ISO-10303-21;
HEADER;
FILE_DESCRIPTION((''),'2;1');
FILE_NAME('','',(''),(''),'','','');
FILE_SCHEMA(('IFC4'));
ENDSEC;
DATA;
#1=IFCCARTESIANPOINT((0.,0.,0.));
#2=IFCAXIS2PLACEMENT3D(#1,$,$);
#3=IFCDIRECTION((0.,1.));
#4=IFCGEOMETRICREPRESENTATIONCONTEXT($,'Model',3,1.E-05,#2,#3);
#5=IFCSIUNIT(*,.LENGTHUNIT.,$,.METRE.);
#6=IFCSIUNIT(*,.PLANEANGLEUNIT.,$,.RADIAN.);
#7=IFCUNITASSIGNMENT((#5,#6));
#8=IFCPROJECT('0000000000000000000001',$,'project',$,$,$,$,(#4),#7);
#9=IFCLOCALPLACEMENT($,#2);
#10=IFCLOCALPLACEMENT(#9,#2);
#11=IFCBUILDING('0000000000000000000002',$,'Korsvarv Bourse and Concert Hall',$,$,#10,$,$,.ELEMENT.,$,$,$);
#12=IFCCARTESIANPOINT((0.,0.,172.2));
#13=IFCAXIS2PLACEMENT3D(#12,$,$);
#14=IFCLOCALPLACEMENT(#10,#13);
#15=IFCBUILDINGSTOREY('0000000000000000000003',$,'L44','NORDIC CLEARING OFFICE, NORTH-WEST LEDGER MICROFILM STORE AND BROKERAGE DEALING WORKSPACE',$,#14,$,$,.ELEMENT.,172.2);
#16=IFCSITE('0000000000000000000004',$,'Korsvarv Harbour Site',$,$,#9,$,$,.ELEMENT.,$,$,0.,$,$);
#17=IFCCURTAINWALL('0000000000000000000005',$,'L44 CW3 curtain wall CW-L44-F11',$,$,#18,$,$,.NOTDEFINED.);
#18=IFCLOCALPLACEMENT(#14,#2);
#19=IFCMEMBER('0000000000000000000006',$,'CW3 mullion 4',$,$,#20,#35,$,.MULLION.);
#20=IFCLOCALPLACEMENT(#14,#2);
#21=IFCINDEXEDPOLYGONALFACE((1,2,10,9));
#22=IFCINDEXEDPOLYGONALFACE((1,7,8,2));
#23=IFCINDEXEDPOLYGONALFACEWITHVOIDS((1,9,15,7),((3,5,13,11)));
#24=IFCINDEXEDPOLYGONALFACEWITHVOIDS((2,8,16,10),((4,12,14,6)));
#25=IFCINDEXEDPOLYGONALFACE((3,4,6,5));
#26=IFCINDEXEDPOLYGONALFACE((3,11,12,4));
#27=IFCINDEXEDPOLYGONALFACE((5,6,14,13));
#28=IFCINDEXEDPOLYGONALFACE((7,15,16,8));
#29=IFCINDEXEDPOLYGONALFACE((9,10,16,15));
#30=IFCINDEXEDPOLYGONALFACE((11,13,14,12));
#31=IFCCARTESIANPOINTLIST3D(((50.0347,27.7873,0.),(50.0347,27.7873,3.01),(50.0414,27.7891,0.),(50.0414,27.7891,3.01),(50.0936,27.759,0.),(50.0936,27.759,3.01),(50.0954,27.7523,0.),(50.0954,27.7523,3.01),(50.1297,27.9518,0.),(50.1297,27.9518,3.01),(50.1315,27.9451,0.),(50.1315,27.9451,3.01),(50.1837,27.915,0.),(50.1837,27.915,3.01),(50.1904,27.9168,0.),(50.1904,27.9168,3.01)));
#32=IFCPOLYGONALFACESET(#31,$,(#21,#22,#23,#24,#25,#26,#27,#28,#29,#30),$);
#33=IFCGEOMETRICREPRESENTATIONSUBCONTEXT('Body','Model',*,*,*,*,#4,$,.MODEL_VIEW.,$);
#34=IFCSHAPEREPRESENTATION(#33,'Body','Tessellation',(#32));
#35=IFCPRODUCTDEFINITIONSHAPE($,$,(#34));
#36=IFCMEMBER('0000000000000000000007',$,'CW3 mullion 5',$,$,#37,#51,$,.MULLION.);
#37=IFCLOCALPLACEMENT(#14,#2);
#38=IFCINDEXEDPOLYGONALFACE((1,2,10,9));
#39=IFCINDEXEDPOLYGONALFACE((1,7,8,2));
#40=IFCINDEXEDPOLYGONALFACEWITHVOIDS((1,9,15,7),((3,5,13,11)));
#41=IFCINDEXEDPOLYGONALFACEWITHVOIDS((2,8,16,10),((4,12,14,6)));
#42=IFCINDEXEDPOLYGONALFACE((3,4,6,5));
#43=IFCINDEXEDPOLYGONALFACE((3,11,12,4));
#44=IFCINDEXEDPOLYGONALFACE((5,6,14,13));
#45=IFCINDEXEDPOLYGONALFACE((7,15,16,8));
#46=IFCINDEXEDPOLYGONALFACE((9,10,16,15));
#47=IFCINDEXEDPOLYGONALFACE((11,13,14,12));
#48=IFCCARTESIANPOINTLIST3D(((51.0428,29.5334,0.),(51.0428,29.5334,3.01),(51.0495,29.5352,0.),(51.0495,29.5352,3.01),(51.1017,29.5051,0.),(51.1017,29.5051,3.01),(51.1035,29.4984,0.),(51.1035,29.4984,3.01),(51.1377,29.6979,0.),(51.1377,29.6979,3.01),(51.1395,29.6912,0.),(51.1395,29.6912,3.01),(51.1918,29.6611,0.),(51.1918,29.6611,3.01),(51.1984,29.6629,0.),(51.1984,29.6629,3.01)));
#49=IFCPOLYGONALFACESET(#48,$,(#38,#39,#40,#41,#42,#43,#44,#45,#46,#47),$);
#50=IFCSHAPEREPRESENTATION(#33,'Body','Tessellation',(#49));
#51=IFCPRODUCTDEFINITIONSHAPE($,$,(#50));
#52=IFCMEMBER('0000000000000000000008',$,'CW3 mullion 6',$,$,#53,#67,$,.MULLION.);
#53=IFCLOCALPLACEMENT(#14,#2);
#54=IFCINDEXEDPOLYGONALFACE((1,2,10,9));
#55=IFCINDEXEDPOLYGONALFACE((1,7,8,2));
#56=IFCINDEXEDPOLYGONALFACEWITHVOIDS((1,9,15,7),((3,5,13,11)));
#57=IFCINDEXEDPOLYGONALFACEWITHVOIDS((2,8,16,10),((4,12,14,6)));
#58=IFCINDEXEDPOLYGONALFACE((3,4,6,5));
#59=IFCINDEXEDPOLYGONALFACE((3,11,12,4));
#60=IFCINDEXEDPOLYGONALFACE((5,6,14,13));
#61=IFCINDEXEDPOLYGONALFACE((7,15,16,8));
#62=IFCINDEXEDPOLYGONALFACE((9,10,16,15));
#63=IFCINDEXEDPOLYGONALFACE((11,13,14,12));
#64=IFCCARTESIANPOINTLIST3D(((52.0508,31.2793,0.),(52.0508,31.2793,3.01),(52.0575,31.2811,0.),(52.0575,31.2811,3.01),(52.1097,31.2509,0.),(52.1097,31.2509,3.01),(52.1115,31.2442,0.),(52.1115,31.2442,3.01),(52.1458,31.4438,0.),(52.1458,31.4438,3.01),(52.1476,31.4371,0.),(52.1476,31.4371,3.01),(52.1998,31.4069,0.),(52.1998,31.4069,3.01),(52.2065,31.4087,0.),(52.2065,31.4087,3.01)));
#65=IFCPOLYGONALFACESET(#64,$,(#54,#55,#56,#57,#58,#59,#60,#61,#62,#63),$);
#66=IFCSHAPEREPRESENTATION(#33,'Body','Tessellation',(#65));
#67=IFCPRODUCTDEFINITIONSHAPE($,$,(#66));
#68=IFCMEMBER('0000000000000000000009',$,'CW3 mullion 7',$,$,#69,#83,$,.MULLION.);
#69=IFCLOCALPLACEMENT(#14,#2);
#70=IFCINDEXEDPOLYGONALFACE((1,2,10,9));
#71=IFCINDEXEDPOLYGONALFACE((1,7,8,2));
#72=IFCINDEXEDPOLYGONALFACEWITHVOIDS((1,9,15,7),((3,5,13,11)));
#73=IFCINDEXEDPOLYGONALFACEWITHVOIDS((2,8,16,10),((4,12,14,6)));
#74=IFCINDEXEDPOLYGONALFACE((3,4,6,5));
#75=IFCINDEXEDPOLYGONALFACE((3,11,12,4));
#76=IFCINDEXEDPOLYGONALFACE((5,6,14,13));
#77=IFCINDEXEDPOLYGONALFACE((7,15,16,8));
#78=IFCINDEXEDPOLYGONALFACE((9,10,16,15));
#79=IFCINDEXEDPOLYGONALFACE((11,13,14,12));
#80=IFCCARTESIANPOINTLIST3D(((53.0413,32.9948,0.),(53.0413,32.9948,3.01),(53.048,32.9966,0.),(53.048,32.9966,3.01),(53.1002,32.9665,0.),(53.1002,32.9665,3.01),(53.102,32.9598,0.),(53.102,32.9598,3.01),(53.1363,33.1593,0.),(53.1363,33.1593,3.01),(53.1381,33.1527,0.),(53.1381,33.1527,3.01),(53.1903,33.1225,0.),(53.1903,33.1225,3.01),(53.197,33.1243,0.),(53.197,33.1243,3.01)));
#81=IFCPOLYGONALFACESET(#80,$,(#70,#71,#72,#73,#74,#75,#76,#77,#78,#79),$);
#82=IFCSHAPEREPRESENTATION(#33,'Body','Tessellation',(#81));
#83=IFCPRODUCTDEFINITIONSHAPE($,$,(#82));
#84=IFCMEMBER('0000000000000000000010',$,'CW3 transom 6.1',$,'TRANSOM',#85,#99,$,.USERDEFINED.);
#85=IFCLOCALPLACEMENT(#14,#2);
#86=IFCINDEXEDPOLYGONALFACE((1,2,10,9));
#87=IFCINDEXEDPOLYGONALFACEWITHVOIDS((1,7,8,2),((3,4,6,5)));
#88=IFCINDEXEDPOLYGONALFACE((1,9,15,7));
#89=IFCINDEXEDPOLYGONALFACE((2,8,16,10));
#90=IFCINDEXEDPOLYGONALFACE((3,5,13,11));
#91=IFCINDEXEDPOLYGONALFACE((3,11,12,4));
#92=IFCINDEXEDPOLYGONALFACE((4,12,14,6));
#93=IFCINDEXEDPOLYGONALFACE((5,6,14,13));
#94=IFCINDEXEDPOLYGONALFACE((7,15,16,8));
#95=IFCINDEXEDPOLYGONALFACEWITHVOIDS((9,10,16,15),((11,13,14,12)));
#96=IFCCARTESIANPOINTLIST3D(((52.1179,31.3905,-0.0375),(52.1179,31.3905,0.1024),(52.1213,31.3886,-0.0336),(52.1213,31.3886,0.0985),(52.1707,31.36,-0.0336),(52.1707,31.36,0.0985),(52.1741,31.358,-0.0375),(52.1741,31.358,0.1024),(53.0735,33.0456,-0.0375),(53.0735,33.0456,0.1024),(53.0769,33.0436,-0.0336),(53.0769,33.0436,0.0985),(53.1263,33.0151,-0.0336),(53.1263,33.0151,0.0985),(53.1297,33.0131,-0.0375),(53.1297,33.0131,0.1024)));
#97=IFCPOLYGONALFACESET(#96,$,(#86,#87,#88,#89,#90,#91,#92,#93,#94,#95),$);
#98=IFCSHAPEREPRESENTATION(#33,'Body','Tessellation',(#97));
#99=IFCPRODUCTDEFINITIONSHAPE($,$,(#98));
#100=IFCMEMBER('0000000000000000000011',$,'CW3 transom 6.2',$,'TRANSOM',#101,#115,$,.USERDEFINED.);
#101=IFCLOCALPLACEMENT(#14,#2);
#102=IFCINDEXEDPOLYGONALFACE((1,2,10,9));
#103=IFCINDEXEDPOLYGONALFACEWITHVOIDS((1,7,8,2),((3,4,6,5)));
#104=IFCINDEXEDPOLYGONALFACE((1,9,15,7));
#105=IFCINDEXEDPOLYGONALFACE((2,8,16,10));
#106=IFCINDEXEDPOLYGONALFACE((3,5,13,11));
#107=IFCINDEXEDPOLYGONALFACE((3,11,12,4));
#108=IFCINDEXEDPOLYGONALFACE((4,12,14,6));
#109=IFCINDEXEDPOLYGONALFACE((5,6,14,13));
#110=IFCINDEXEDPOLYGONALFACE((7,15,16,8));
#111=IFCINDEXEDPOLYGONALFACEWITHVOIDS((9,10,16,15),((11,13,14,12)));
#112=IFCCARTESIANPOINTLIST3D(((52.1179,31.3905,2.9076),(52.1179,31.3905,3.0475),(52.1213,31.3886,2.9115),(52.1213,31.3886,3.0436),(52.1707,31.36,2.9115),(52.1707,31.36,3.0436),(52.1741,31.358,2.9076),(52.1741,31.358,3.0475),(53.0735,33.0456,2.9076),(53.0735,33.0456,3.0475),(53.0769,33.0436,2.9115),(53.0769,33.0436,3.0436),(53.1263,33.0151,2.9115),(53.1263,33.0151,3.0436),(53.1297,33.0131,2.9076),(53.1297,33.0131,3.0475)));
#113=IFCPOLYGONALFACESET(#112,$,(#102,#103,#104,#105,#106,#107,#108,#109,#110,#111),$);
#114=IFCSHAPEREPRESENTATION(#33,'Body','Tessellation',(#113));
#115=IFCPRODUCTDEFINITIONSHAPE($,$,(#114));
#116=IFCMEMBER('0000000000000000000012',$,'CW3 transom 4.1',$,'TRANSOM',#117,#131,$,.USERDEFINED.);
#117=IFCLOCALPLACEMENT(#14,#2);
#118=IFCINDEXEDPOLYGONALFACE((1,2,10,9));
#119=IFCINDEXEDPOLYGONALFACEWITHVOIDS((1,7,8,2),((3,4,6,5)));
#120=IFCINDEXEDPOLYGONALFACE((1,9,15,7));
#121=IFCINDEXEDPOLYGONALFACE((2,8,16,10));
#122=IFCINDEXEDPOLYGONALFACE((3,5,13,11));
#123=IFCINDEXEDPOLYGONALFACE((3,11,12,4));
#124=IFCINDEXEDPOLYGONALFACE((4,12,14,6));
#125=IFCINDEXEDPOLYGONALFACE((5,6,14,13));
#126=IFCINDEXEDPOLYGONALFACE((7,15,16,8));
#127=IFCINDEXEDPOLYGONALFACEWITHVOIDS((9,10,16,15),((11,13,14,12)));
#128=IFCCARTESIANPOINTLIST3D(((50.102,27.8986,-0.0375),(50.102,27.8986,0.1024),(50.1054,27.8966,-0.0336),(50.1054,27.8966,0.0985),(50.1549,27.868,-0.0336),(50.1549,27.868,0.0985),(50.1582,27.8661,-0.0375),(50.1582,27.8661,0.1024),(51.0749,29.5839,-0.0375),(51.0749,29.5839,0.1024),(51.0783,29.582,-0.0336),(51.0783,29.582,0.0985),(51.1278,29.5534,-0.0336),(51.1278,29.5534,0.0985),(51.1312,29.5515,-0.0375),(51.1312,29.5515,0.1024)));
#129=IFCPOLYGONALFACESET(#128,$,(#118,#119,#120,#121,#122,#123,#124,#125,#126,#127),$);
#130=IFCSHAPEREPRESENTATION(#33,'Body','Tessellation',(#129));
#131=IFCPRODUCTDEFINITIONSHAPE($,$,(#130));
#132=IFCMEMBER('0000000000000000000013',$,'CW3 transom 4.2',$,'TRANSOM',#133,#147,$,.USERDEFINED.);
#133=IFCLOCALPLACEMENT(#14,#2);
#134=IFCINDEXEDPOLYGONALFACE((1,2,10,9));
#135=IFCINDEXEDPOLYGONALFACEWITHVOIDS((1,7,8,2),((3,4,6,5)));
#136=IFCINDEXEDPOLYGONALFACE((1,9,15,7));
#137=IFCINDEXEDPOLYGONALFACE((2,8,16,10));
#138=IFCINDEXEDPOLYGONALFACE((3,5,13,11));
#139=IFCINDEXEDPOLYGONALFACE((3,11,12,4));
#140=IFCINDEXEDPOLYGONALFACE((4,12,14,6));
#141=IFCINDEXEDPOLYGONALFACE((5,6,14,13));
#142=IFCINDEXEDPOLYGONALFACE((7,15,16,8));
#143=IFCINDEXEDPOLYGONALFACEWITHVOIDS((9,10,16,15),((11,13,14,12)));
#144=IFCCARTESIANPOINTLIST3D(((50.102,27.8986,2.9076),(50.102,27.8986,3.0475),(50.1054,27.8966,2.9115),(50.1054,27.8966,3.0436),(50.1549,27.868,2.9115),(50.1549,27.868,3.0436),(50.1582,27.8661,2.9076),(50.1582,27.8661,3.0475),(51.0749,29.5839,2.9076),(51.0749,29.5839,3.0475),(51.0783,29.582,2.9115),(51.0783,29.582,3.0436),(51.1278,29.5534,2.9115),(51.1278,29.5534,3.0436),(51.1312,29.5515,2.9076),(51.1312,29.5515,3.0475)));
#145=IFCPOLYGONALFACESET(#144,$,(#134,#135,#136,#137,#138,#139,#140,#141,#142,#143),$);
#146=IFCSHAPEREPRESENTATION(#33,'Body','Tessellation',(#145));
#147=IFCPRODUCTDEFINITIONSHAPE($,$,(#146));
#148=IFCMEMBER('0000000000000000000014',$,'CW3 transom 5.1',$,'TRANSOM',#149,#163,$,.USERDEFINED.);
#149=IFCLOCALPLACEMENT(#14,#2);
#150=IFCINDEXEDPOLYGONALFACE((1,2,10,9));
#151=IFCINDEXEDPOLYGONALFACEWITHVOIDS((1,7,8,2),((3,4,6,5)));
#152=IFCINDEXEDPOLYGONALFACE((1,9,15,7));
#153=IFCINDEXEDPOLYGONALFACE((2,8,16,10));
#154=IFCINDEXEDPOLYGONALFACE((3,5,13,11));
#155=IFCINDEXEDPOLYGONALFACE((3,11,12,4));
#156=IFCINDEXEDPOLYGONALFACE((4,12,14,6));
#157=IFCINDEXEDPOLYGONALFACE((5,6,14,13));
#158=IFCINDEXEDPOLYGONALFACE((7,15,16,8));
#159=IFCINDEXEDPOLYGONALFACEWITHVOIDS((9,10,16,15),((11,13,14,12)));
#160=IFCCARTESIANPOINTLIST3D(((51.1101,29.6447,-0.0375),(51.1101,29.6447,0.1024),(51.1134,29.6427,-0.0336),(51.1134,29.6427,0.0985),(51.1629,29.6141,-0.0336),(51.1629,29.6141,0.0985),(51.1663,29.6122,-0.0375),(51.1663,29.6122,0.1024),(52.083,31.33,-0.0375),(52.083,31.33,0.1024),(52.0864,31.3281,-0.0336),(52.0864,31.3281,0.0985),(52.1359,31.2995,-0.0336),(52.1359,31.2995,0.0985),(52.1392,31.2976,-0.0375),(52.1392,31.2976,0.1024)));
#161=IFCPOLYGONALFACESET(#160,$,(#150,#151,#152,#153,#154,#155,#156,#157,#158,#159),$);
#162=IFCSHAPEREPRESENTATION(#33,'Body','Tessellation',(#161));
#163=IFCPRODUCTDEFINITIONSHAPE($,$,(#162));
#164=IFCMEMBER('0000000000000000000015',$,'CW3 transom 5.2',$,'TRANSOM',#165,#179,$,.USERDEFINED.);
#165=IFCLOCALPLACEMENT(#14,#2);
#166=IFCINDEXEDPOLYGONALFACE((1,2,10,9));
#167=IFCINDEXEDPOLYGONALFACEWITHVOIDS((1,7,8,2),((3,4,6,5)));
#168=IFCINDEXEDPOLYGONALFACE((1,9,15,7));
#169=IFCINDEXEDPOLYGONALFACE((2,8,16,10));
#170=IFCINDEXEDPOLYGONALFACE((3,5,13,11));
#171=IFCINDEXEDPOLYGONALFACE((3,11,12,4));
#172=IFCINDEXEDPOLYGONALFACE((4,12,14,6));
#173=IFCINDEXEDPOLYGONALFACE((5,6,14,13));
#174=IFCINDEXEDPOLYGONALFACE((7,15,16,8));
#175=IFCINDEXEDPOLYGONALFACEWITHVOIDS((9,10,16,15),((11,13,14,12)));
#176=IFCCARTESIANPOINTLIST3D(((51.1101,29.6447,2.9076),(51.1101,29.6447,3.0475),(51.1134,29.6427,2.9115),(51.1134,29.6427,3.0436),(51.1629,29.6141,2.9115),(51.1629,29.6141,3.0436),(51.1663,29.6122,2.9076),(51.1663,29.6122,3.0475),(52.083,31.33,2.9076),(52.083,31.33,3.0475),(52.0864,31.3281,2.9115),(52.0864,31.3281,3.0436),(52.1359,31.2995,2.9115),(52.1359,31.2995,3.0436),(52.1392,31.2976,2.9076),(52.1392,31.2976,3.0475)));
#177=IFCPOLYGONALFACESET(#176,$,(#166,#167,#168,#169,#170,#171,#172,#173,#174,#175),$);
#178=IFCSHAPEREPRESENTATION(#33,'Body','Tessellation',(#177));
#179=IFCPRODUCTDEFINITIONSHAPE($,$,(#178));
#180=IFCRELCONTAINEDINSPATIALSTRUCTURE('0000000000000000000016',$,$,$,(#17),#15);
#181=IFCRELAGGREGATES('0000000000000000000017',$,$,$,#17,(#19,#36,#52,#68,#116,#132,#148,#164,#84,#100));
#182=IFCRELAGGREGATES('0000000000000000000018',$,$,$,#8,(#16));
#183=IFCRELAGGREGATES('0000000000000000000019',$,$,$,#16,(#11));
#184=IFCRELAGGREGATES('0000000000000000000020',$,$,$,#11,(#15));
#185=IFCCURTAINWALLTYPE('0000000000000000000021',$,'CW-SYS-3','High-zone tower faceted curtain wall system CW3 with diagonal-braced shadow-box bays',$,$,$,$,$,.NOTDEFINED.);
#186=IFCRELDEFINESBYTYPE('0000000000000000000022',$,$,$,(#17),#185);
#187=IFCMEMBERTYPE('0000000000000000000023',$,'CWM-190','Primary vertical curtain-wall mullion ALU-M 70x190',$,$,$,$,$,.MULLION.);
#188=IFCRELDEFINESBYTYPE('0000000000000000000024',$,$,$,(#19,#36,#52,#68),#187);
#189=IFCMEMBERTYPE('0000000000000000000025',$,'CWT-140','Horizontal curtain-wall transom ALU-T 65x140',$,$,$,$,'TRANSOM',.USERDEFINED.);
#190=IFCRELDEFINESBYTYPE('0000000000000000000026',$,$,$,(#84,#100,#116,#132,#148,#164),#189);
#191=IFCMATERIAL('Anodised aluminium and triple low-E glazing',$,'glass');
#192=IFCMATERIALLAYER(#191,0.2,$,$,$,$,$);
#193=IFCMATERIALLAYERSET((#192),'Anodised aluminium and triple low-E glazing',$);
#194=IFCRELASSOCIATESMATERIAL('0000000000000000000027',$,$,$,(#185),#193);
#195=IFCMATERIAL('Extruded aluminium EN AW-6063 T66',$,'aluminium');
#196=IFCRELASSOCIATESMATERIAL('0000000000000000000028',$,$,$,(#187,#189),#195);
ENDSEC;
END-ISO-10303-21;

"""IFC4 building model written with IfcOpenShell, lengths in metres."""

from ifc_helpers import new_model, si_unit, direction, frame, origin, origin_2d, place, context, subcontext, project, spatial, hollow_rectangle, extrude, source, transform, mapped, material, layer, layer_set, material_profile, profile_set, type_object, element, aggregate, save


model = new_model("IFC4")

# Units and contexts
model_context = context("Model", 3, precision=1e-05, world=origin(), true_north=direction((0.0, 1.0)))
body_context = subcontext(model_context, "Body", "Model", "MODEL_VIEW")
ifc_project = project(units=[si_unit("LENGTHUNIT", "METRE"), si_unit("PLANEANGLEUNIT", "RADIAN")], contexts=[model_context])

# Site, building, storey
site_placement = place(None, origin())
site = spatial("IfcSite", under=ifc_project, at=site_placement, Name="Korsvarv Harbour Site", CompositionType="ELEMENT", RefElevation=0.0)
building_placement = place(site_placement, origin())
building = spatial("IfcBuilding", under=site, at=building_placement, Name="Korsvarv Bourse and Concert Hall", CompositionType="ELEMENT")
storey_placement = place(building_placement, frame((0.0, 0.0, 172.2)))
storey = spatial("IfcBuildingStorey", under=building, at=storey_placement, Name="L44", Description="NORDIC CLEARING OFFICE, NORTH-WEST LEDGER MICROFILM STORE AND BROKERAGE DEALING WORKSPACE", CompositionType="ELEMENT", Elevation=172.2)

# Curtain wall, members
ifc_material_1 = material(Name="Anodised aluminium and triple low-E glazing", Category="glass")
ifc_layer_1 = layer(ifc_material_1, 0.2)
ifc_layer_set_1 = layer_set([ifc_layer_1], Name="Anodised aluminium and triple low-E glazing")
curtain_wall_type = type_object("IfcCurtainWallType", Name="CW-SYS-3", Description="High-zone tower faceted curtain wall system CW3 with diagonal-braced shadow-box bays", PredefinedType="NOTDEFINED", material=ifc_layer_set_1)
curtain_wall_placement = place(storey_placement, origin())
curtain_wall = element("IfcCurtainWall", 1, at=curtain_wall_placement, inside=storey, type_object=curtain_wall_type, Name="L44 CW3 curtain wall CW-L44-F11", PredefinedType="NOTDEFINED")
ifc_material_2 = material(Name="Extruded aluminium EN AW-6063 T66", Category="aluminium")
ifc_material_profile_1 = material_profile(ifc_material_2, hollow_rectangle(XDim=0.0701, YDim=0.1899, WallThickness=0.0049, at=origin_2d()), Name="ALU-M 70x190")
ifc_profile_set_1 = profile_set([ifc_material_profile_1], Name="Extruded aluminium EN AW-6063 T66")
member_type_1 = type_object("IfcMemberType", Name="CWM-190", Description="Primary vertical curtain-wall mullion ALU-M 70x190", PredefinedType="MULLION", material=ifc_profile_set_1)
shared_shape_1 = source(origin(), body_context, "Body", "SweptSolid", [
    extrude(hollow_rectangle(XDim=0.0701, YDim=0.1899, WallThickness=0.0049, at=origin_2d()), origin(), (0.0, 0.0, 1.0), 3.01),
])
member_1_placement = place(storey_placement, frame((50.1125, 27.8521, 0.0), z_axis=(0.0, 0.0, 1.0), x_axis=(-0.866029, 0.499994, 0.0)))
member_1 = element("IfcMember", 2, at=member_1_placement, type_object=member_type_1, Name="CW3 mullion 4", PredefinedType="MULLION", context=body_context, shape_type="MappedRepresentation", body=[
    mapped(shared_shape_1, transform((0.0, 0.0, 0.0), scale=1.0)),
])
member_2_placement = place(storey_placement, frame((51.1206, 29.5981, 0.0), z_axis=(0.0, 0.0, 1.0), x_axis=(-0.866029, 0.499994, 0.0)))
member_2 = element("IfcMember", 3, at=member_2_placement, type_object=member_type_1, Name="CW3 mullion 5", PredefinedType="MULLION", context=body_context, shape_type="MappedRepresentation", body=[
    mapped(shared_shape_1, transform((0.0, 0.0, 0.0), scale=1.0)),
])
member_3_placement = place(storey_placement, frame((52.1287, 31.344, 0.0), z_axis=(0.0, 0.0, 1.0), x_axis=(-0.866029, 0.499994, 0.0)))
member_3 = element("IfcMember", 4, at=member_3_placement, type_object=member_type_1, Name="CW3 mullion 6", PredefinedType="MULLION", context=body_context, shape_type="MappedRepresentation", body=[
    mapped(shared_shape_1, transform((0.0, 0.0, 0.0), scale=1.0)),
])
member_4_placement = place(storey_placement, frame((53.1191, 33.0596, 0.0), z_axis=(0.0, 0.0, 1.0), x_axis=(-0.866029, 0.499994, 0.0)))
member_4 = element("IfcMember", 5, at=member_4_placement, type_object=member_type_1, Name="CW3 mullion 7", PredefinedType="MULLION", context=body_context, shape_type="MappedRepresentation", body=[
    mapped(shared_shape_1, transform((0.0, 0.0, 0.0), scale=1.0)),
])
ifc_material_profile_2 = material_profile(ifc_material_2, hollow_rectangle(XDim=0.0649, YDim=0.1399, WallThickness=0.0039, at=origin_2d()), Name="ALU-T 65x140")
ifc_profile_set_2 = profile_set([ifc_material_profile_2], Name="Extruded aluminium EN AW-6063 T66")
member_type_2 = type_object("IfcMemberType", Name="CWT-140", Description="Horizontal curtain-wall transom ALU-T 65x140", ElementType="TRANSOM", PredefinedType="USERDEFINED", material=ifc_profile_set_2)
shared_shape_2 = source(origin(), body_context, "Body", "SweptSolid", [
    extrude(hollow_rectangle(XDim=0.0649, YDim=0.1399, WallThickness=0.0039, at=origin_2d()), origin(), (0.0, 0.0, 1.0), 1.9111),
])
member_5_placement = place(storey_placement, frame((52.146, 31.3743, 0.0325), z_axis=(0.500014, 0.866018, 0.0), x_axis=(-0.866018, 0.500014, 0.0)))
member_5 = element("IfcMember", 6, at=member_5_placement, type_object=member_type_2, Name="CW3 transom 6.1", ObjectType="TRANSOM", PredefinedType="USERDEFINED", context=body_context, shape_type="MappedRepresentation", body=[
    mapped(shared_shape_2, transform((0.0, 0.0, 0.0), scale=1.0)),
])
member_6_placement = place(storey_placement, frame((52.146, 31.3743, 2.9775), z_axis=(0.500014, 0.866018, 0.0), x_axis=(-0.866018, 0.500014, 0.0)))
member_6 = element("IfcMember", 7, at=member_6_placement, type_object=member_type_2, Name="CW3 transom 6.2", ObjectType="TRANSOM", PredefinedType="USERDEFINED", context=body_context, shape_type="MappedRepresentation", body=[
    mapped(shared_shape_2, transform((0.0, 0.0, 0.0), scale=1.0)),
])
shared_shape_3 = source(origin(), body_context, "Body", "SweptSolid", [
    extrude(hollow_rectangle(XDim=0.0649, YDim=0.1399, WallThickness=0.0039, at=origin_2d()), origin(), (0.0, 0.0, 1.0), 1.946),
])
member_7_placement = place(storey_placement, frame((50.1301, 27.8823, 0.0325), z_axis=(0.499958, 0.86605, 0.0), x_axis=(-0.86605, 0.499958, 0.0)))
member_7 = element("IfcMember", 8, at=member_7_placement, type_object=member_type_2, Name="CW3 transom 4.1", ObjectType="TRANSOM", PredefinedType="USERDEFINED", context=body_context, shape_type="MappedRepresentation", body=[
    mapped(shared_shape_3, transform((0.0, 0.0, 0.0), scale=1.0)),
])
member_8_placement = place(storey_placement, frame((50.1301, 27.8823, 2.9775), z_axis=(0.499958, 0.86605, 0.0), x_axis=(-0.86605, 0.499958, 0.0)))
member_8 = element("IfcMember", 9, at=member_8_placement, type_object=member_type_2, Name="CW3 transom 4.2", ObjectType="TRANSOM", PredefinedType="USERDEFINED", context=body_context, shape_type="MappedRepresentation", body=[
    mapped(shared_shape_3, transform((0.0, 0.0, 0.0), scale=1.0)),
])
member_9_placement = place(storey_placement, frame((51.1382, 29.6284, 0.0325), z_axis=(0.499958, 0.86605, 0.0), x_axis=(-0.86605, 0.499958, 0.0)))
member_9 = element("IfcMember", 10, at=member_9_placement, type_object=member_type_2, Name="CW3 transom 5.1", ObjectType="TRANSOM", PredefinedType="USERDEFINED", context=body_context, shape_type="MappedRepresentation", body=[
    mapped(shared_shape_3, transform((0.0, 0.0, 0.0), scale=1.0)),
])
member_10_placement = place(storey_placement, frame((51.1382, 29.6284, 2.9775), z_axis=(0.499958, 0.86605, 0.0), x_axis=(-0.86605, 0.499958, 0.0)))
member_10 = element("IfcMember", 11, at=member_10_placement, type_object=member_type_2, Name="CW3 transom 5.2", ObjectType="TRANSOM", PredefinedType="USERDEFINED", context=body_context, shape_type="MappedRepresentation", body=[
    mapped(shared_shape_3, transform((0.0, 0.0, 0.0), scale=1.0)),
])
aggregate(curtain_wall, [member_1, member_2, member_3, member_4, member_7, member_8, member_9, member_10, member_5, member_6])

save(model, "model.ifc")
